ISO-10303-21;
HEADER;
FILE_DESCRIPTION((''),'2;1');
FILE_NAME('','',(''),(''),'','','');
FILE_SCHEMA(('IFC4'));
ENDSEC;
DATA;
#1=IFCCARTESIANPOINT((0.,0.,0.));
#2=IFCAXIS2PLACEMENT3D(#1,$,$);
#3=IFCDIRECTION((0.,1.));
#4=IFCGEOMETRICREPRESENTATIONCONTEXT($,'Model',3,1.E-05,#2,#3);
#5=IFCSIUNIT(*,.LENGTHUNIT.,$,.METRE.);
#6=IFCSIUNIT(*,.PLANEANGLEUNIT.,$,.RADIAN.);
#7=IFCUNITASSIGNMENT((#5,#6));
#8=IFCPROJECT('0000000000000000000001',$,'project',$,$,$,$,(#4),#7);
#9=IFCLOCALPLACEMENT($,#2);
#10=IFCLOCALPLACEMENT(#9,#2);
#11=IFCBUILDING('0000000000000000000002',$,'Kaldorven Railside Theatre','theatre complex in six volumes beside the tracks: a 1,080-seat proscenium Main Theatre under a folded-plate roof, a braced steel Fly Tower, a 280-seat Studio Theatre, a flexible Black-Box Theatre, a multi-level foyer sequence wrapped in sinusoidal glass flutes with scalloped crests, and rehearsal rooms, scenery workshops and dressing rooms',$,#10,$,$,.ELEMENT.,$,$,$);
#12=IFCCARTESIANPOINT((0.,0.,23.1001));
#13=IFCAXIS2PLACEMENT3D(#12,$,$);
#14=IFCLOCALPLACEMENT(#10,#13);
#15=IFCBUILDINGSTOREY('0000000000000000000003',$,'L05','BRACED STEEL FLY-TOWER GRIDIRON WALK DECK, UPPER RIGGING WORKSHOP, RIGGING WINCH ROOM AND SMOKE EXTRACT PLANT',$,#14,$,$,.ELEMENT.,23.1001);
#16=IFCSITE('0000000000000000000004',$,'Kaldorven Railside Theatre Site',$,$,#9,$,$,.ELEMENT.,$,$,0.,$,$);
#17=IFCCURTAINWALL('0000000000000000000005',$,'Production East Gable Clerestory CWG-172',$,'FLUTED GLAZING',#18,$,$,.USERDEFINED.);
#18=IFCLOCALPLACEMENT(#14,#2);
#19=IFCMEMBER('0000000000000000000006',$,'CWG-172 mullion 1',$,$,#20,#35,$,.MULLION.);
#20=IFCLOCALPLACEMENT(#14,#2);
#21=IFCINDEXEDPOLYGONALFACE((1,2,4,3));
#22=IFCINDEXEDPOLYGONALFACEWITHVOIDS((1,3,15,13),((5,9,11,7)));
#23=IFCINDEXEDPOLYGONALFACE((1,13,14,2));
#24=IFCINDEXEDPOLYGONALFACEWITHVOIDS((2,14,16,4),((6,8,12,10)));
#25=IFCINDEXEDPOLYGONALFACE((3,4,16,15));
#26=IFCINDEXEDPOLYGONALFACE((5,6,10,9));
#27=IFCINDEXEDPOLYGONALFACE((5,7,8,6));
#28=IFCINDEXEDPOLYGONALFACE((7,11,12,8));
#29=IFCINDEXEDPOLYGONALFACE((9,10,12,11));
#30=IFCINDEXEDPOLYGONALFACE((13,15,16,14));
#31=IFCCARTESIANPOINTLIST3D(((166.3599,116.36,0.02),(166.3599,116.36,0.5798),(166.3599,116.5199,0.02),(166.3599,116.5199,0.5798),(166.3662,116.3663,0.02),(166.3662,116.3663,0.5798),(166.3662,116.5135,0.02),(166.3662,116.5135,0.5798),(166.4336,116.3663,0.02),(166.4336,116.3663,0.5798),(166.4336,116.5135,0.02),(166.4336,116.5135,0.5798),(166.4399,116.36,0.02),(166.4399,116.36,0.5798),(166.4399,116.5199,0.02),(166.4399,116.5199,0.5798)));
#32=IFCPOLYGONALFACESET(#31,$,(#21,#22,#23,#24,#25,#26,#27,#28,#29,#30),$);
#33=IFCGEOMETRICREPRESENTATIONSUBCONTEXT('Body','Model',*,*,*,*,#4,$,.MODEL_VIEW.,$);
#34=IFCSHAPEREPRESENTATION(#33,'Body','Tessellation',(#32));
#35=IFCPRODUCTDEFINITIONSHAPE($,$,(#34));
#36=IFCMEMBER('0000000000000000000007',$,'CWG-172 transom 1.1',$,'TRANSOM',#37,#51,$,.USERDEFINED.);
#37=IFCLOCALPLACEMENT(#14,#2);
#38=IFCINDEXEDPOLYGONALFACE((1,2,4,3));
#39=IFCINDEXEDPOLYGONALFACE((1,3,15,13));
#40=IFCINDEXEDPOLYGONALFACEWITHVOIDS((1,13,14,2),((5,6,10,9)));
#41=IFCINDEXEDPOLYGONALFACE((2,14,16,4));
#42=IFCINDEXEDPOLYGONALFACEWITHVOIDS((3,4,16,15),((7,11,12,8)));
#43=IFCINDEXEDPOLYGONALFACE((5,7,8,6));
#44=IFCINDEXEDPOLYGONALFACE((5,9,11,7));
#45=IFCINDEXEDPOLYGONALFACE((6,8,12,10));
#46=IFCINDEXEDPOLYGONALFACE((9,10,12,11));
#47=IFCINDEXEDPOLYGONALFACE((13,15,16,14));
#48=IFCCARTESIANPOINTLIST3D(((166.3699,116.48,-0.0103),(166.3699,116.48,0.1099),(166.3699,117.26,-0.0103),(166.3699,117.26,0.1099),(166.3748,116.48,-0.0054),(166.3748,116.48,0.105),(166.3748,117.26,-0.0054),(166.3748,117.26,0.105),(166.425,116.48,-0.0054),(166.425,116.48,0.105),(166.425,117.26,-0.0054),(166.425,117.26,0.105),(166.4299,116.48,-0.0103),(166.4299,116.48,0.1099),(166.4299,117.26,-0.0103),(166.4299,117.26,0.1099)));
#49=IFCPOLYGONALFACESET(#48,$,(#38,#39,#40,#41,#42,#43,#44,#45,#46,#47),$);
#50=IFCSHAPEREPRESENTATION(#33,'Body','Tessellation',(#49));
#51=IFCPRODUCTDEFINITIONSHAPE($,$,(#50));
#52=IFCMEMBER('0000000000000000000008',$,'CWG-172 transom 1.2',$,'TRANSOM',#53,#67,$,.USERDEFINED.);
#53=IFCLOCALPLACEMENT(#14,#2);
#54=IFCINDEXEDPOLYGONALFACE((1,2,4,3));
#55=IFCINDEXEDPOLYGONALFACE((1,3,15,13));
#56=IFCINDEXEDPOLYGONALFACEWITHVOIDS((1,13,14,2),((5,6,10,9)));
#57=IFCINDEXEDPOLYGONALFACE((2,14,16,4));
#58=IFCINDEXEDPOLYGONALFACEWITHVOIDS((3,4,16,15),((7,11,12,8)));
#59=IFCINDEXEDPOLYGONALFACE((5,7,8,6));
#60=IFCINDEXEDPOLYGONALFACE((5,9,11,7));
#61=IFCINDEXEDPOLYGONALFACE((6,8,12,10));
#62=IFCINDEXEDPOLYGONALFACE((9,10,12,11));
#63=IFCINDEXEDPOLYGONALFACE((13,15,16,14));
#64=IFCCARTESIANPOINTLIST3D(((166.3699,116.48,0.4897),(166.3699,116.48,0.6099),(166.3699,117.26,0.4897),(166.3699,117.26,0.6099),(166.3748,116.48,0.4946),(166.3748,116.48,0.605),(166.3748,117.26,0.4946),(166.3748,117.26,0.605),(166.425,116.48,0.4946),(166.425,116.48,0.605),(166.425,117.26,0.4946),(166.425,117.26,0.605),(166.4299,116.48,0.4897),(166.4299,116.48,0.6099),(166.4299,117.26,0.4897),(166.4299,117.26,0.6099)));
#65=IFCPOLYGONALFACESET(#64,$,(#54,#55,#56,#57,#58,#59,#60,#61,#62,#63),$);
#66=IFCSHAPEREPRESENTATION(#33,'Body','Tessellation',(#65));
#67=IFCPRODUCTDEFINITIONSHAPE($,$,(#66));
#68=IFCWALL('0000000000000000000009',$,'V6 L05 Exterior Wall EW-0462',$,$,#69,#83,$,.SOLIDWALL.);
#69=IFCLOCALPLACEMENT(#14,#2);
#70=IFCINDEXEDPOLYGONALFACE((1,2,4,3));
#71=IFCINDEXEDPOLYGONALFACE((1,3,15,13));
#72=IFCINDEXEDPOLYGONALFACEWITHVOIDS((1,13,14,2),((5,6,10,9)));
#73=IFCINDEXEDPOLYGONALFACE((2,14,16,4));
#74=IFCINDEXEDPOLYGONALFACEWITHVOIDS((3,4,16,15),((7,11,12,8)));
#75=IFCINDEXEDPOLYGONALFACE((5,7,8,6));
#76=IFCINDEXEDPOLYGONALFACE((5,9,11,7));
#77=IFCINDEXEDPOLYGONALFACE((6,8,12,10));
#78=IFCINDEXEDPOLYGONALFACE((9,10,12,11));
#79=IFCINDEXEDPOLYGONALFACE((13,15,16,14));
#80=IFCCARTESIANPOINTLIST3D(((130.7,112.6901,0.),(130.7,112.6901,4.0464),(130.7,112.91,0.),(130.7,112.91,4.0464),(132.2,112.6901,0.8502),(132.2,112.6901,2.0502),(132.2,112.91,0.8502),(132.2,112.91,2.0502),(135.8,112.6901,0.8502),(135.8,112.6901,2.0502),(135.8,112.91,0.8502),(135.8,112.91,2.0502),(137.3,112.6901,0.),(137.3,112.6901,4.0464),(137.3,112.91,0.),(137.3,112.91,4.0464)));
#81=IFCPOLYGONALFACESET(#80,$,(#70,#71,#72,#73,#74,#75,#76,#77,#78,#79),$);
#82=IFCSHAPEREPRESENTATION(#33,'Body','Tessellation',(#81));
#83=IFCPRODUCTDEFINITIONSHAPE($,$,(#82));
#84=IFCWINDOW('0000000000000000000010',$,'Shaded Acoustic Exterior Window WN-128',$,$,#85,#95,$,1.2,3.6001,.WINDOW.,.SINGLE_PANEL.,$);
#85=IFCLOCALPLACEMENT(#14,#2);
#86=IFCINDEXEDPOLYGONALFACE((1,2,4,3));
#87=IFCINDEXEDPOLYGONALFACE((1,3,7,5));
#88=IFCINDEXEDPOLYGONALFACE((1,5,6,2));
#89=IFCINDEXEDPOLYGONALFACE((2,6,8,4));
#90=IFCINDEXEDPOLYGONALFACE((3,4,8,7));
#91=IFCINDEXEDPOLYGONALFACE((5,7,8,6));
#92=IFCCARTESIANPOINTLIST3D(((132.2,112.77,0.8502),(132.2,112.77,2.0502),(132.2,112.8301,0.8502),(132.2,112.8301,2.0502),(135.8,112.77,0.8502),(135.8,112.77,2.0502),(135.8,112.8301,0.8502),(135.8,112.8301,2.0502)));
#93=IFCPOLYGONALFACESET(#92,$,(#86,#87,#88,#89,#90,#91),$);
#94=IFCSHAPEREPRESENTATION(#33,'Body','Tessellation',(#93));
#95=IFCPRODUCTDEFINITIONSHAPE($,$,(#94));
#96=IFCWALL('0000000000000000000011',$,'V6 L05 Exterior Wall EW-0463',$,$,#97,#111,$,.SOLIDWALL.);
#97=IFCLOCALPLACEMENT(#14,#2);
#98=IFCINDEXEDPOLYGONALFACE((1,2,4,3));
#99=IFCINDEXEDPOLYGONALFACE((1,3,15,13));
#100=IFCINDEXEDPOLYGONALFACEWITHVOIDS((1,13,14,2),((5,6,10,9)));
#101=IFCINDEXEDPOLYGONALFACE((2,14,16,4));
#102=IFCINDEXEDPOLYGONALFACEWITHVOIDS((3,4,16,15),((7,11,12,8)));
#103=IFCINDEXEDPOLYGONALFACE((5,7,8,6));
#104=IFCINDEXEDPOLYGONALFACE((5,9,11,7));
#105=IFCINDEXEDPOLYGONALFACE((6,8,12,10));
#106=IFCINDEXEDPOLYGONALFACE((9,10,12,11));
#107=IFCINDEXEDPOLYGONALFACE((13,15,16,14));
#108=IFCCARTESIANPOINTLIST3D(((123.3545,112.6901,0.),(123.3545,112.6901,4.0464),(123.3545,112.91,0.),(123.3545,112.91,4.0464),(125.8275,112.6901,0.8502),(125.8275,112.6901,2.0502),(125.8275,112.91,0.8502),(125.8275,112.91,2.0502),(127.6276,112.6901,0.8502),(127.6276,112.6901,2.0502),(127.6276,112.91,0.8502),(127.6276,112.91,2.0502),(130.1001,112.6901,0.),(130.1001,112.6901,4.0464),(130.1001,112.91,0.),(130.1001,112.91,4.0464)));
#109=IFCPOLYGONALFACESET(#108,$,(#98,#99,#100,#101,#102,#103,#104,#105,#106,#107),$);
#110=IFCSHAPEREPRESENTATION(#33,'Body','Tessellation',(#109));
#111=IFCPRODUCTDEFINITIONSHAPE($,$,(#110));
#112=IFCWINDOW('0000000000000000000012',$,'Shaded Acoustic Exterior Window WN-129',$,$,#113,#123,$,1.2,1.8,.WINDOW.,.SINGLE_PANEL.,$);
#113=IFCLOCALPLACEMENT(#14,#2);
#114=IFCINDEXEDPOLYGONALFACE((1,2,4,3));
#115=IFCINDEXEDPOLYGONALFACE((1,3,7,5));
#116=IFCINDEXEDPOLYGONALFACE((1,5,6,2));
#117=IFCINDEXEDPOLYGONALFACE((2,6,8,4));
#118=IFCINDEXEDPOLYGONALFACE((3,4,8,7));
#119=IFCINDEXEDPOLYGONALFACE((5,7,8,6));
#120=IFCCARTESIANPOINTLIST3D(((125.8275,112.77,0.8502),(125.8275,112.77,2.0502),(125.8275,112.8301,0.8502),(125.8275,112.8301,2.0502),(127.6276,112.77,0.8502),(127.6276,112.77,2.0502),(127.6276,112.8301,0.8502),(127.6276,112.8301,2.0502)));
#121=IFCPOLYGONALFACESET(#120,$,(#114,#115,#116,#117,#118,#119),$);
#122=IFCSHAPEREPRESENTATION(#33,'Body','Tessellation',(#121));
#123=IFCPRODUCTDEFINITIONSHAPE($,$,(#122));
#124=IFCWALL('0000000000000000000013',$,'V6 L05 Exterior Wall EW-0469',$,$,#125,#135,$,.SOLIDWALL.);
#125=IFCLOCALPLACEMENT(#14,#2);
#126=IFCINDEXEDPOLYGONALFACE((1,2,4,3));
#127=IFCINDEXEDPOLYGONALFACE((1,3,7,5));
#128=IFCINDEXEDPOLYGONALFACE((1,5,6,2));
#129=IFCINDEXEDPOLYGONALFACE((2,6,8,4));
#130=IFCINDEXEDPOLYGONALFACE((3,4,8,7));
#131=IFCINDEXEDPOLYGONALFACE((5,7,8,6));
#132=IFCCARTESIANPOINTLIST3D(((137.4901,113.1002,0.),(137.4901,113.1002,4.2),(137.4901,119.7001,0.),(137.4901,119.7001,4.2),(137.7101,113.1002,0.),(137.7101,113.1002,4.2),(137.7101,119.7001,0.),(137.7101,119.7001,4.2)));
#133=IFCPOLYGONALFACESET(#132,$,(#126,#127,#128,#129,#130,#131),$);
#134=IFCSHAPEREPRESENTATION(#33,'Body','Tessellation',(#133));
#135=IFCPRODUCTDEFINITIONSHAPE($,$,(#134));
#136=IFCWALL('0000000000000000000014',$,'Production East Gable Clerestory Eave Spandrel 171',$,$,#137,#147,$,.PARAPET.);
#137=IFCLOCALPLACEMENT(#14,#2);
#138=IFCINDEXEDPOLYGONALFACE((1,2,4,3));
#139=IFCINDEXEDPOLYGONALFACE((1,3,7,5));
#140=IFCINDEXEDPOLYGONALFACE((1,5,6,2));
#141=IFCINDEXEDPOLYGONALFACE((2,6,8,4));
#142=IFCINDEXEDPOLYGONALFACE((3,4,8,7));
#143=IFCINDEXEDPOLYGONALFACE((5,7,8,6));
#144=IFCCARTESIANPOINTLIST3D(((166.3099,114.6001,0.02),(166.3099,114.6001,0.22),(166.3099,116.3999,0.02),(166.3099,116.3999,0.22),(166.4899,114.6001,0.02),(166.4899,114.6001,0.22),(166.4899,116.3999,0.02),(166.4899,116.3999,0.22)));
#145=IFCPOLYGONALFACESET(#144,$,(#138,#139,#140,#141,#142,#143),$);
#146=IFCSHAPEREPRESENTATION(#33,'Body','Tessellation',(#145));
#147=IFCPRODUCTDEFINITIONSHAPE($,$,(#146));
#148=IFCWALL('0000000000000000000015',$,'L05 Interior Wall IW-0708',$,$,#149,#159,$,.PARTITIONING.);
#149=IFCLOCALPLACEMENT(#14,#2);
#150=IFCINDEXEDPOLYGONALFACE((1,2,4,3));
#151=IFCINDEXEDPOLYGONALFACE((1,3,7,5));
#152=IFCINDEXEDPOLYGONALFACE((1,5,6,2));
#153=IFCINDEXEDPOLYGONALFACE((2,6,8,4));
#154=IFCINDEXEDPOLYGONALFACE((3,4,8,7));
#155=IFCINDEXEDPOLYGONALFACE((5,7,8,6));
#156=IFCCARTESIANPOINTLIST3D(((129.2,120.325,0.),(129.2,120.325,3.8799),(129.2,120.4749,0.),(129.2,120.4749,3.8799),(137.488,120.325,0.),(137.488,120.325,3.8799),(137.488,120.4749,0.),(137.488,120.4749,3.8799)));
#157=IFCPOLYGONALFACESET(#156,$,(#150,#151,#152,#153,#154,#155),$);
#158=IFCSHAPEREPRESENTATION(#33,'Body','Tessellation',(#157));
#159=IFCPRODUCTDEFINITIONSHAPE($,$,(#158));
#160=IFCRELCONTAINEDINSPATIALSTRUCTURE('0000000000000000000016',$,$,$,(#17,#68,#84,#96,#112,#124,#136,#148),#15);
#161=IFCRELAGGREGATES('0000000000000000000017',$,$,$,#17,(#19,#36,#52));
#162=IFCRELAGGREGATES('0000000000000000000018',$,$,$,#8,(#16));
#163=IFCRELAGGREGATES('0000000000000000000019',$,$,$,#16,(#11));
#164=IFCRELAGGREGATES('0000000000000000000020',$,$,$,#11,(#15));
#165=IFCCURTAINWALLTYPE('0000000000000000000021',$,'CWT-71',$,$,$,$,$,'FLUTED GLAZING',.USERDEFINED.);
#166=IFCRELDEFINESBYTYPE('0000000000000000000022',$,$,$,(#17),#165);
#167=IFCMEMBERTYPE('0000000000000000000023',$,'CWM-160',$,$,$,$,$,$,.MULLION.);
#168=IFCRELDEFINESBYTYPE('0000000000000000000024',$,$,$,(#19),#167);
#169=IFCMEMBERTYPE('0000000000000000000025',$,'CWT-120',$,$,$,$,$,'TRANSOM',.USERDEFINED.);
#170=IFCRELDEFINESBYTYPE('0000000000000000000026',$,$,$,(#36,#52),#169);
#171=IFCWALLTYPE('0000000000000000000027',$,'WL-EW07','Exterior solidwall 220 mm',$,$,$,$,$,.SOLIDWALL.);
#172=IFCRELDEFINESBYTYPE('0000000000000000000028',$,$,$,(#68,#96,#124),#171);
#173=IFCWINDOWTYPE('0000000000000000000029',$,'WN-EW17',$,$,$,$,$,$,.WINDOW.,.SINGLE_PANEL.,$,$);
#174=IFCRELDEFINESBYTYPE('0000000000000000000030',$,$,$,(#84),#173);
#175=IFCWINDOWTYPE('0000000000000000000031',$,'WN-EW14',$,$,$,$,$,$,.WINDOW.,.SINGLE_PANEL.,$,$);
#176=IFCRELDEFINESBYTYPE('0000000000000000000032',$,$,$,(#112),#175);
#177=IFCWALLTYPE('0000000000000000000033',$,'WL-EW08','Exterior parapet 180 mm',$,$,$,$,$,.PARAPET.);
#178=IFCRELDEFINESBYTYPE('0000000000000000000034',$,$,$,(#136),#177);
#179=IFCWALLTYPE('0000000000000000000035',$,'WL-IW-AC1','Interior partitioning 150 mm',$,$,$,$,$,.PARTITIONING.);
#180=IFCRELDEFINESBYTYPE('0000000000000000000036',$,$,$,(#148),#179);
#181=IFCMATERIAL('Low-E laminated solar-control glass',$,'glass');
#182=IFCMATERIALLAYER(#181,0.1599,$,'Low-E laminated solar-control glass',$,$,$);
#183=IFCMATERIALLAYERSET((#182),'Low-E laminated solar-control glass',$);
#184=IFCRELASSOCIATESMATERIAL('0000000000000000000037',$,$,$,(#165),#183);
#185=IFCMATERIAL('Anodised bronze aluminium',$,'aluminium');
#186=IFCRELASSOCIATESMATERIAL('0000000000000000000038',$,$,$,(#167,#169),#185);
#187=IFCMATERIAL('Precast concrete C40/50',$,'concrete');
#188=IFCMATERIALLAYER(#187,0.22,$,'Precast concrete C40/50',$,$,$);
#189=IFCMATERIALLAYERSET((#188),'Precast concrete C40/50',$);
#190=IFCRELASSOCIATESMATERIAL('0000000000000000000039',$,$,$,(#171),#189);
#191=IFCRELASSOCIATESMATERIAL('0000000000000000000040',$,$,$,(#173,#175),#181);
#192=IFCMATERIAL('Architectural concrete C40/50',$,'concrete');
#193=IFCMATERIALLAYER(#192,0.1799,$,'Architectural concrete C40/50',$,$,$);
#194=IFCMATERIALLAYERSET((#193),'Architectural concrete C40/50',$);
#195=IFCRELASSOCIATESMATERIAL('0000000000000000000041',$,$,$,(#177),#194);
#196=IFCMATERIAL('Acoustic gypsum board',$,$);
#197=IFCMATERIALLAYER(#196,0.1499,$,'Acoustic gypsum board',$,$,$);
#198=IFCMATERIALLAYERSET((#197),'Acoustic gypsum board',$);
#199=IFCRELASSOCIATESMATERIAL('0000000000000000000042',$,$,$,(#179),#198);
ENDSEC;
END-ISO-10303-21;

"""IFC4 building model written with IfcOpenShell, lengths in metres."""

from ifc_helpers import new_model, si_unit, direction, frame, frame_2d, origin, origin_2d, place, context, subcontext, project, spatial, rectangle, hollow_rectangle, extrude, material, layer, layer_set, material_profile, profile_set, type_object, element, fill, aggregate, save


model = new_model("IFC4")

# Units and contexts
model_context = context("Model", 3, precision=1e-05, world=origin(), true_north=direction((0.0, 1.0)))
body_context = subcontext(model_context, "Body", "Model", "MODEL_VIEW")
ifc_project = project(units=[si_unit("LENGTHUNIT", "METRE"), si_unit("PLANEANGLEUNIT", "RADIAN")], contexts=[model_context])

# Site, building, storey
site_placement = place(None, origin())
site = spatial("IfcSite", under=ifc_project, at=site_placement, Name="Kaldorven Railside Theatre Site", CompositionType="ELEMENT", RefElevation=0.0)
building_placement = place(site_placement, origin())
building = spatial("IfcBuilding", under=site, at=building_placement, Name="Kaldorven Railside Theatre", Description="theatre complex in six volumes beside the tracks: a 1,080-seat proscenium Main Theatre under a folded-plate roof, a braced steel Fly Tower, a 280-seat Studio Theatre, a flexible Black-Box Theatre, a multi-level foyer sequence wrapped in sinusoidal glass flutes with scalloped crests, and rehearsal rooms, scenery workshops and dressing rooms", CompositionType="ELEMENT")
storey_placement = place(building_placement, frame((0.0, 0.0, 23.1001)))
storey = spatial("IfcBuildingStorey", under=building, at=storey_placement, Name="L05", Description="BRACED STEEL FLY-TOWER GRIDIRON WALK DECK, UPPER RIGGING WORKSHOP, RIGGING WINCH ROOM AND SMOKE EXTRACT PLANT", CompositionType="ELEMENT", Elevation=23.1001)

# Curtain wall, members
ifc_material_1 = material(Name="Low-E laminated solar-control glass", Category="glass")
ifc_layer_1 = layer(ifc_material_1, 0.1599, Name="Low-E laminated solar-control glass")
ifc_layer_set_1 = layer_set([ifc_layer_1], Name="Low-E laminated solar-control glass")
curtain_wall_type = type_object("IfcCurtainWallType", Name="CWT-71", ElementType="FLUTED GLAZING", PredefinedType="USERDEFINED", material=ifc_layer_set_1)
curtain_wall_placement = place(storey_placement, origin())
curtain_wall = element("IfcCurtainWall", 1, at=curtain_wall_placement, inside=storey, type_object=curtain_wall_type, Name="Production East Gable Clerestory CWG-172", ObjectType="FLUTED GLAZING", PredefinedType="USERDEFINED")
ifc_material_2 = material(Name="Anodised bronze aluminium", Category="aluminium")
ifc_material_profile_1 = material_profile(ifc_material_2, hollow_rectangle(XDim=0.0801, YDim=0.1599, WallThickness=0.0063, at=origin_2d()), Name="RHS 160x80x6.3")
ifc_profile_set_1 = profile_set([ifc_material_profile_1], Name="Anodised bronze aluminium")
member_type_1 = type_object("IfcMemberType", Name="CWM-160", PredefinedType="MULLION", material=ifc_profile_set_1)
member_1_placement = place(storey_placement, frame((166.3999, 116.4399, 0.02), z_axis=(0.0, 0.0, 1.0), x_axis=(-1.0, 0.0, 0.0)))
member_1 = element("IfcMember", 2, at=member_1_placement, type_object=member_type_1, Name="CWG-172 mullion 1", PredefinedType="MULLION", context=body_context, shape_type="SweptSolid", body=[
    extrude(hollow_rectangle(XDim=0.0801, YDim=0.1599, WallThickness=0.0063, at=origin_2d()), origin(), (0.0, 0.0, 1.0), 0.5598),
])
ifc_material_profile_2 = material_profile(ifc_material_2, hollow_rectangle(XDim=0.0601, YDim=0.1201, WallThickness=0.0049, at=origin_2d()), Name="RHS 120x60x5")
ifc_profile_set_2 = profile_set([ifc_material_profile_2], Name="Anodised bronze aluminium")
member_type_2 = type_object("IfcMemberType", Name="CWT-120", ElementType="TRANSOM", PredefinedType="USERDEFINED", material=ifc_profile_set_2)
member_2_placement = place(storey_placement, frame((166.3999, 116.48, 0.0498), z_axis=(0.0, 1.0, 0.0), x_axis=(-1.0, 0.0, 0.0)))
member_2 = element("IfcMember", 3, at=member_2_placement, type_object=member_type_2, Name="CWG-172 transom 1.1", ObjectType="TRANSOM", PredefinedType="USERDEFINED", context=body_context, shape_type="SweptSolid", body=[
    extrude(hollow_rectangle(XDim=0.0601, YDim=0.1201, WallThickness=0.0049, at=origin_2d()), origin(), (0.0, 0.0, 1.0), 0.78),
])
member_3_placement = place(storey_placement, frame((166.3999, 116.48, 0.5498), z_axis=(0.0, 1.0, 0.0), x_axis=(-1.0, 0.0, 0.0)))
member_3 = element("IfcMember", 4, at=member_3_placement, type_object=member_type_2, Name="CWG-172 transom 1.2", ObjectType="TRANSOM", PredefinedType="USERDEFINED", context=body_context, shape_type="SweptSolid", body=[
    extrude(hollow_rectangle(XDim=0.0601, YDim=0.1201, WallThickness=0.0049, at=origin_2d()), origin(), (0.0, 0.0, 1.0), 0.78),
])
aggregate(curtain_wall, [member_1, member_2, member_3])

# Walls, openings, windows
ifc_material_3 = material(Name="Precast concrete C40/50", Category="concrete")
ifc_layer_2 = layer(ifc_material_3, 0.22, Name="Precast concrete C40/50")
ifc_layer_set_2 = layer_set([ifc_layer_2], Name="Precast concrete C40/50")
wall_type_1 = type_object("IfcWallType", Name="WL-EW07", Description="Exterior solidwall 220 mm", PredefinedType="SOLIDWALL", material=ifc_layer_set_2)
wall_1_placement = place(storey_placement, frame((137.3, 112.8, 0.0), z_axis=(0.0, 0.0, 1.0), x_axis=(-1.0, 0.0, 0.0)))
wall_1 = element("IfcWall", 5, at=wall_1_placement, inside=storey, type_object=wall_type_1, Name="V6 L05 Exterior Wall EW-0462", PredefinedType="SOLIDWALL", context=body_context, shape_type="SweptSolid", body=[
    extrude(rectangle(XDim=6.6001, YDim=0.22, at=frame_2d((3.3, 0.0))), origin(), (0.0, 0.0, 1.0), 4.0464),
])
opening_1_placement = place(wall_1_placement, frame((1.5, 0.0, 0.8501)))
opening_1 = element("IfcOpeningElement", 6, at=opening_1_placement, cuts=wall_1, PredefinedType="OPENING", context=body_context, shape_type="SweptSolid", body=[
    extrude(rectangle(XDim=3.6001, YDim=1.2, at=frame_2d((1.8, 0.6001))), frame((0.0, 0.1201, 0.0), z_axis=(0.0, -1.0, 0.0), x_axis=(1.0, 0.0, 0.0)), (0.0, 0.0, 1.0), 0.24),
])
window_type_1 = type_object("IfcWindowType", Name="WN-EW17", PartitioningType="SINGLE_PANEL", PredefinedType="WINDOW", material=ifc_material_1)
window_1_placement = place(opening_1_placement, origin())
window_1 = element("IfcWindow", 7, at=window_1_placement, inside=storey, type_object=window_type_1, Name="Shaded Acoustic Exterior Window WN-128", OverallHeight=1.2, OverallWidth=3.6001, PartitioningType="SINGLE_PANEL", PredefinedType="WINDOW", context=body_context, shape_type="SweptSolid", body=[
    extrude(rectangle(XDim=3.6001, YDim=1.2, at=frame_2d((1.8, 0.6001))), frame((0.0, 0.03, 0.0), z_axis=(0.0, -1.0, 0.0), x_axis=(1.0, 0.0, 0.0)), (0.0, 0.0, 1.0), 0.0601),
])
fill(opening_1, window_1)
wall_2_placement = place(storey_placement, frame((130.1001, 112.8, 0.0), z_axis=(0.0, 0.0, 1.0), x_axis=(-1.0, 0.0, 0.0)))
wall_2 = element("IfcWall", 8, at=wall_2_placement, inside=storey, type_object=wall_type_1, Name="V6 L05 Exterior Wall EW-0463", PredefinedType="SOLIDWALL", context=body_context, shape_type="SweptSolid", body=[
    extrude(rectangle(XDim=6.7456, YDim=0.22, at=frame_2d((3.3728, 0.0))), origin(), (0.0, 0.0, 1.0), 4.0464),
])
opening_2_placement = place(wall_2_placement, frame((2.4727, 0.0, 0.8501)))
opening_2 = element("IfcOpeningElement", 9, at=opening_2_placement, cuts=wall_2, PredefinedType="OPENING", context=body_context, shape_type="SweptSolid", body=[
    extrude(rectangle(XDim=1.8, YDim=1.2, at=frame_2d((0.8999, 0.6001))), frame((0.0, 0.1201, 0.0), z_axis=(0.0, -1.0, 0.0), x_axis=(1.0, 0.0, 0.0)), (0.0, 0.0, 1.0), 0.24),
])
window_type_2 = type_object("IfcWindowType", Name="WN-EW14", PartitioningType="SINGLE_PANEL", PredefinedType="WINDOW", material=ifc_material_1)
window_2_placement = place(opening_2_placement, origin())
window_2 = element("IfcWindow", 10, at=window_2_placement, inside=storey, type_object=window_type_2, Name="Shaded Acoustic Exterior Window WN-129", OverallHeight=1.2, OverallWidth=1.8, PartitioningType="SINGLE_PANEL", PredefinedType="WINDOW", context=body_context, shape_type="SweptSolid", body=[
    extrude(rectangle(XDim=1.8, YDim=1.2, at=frame_2d((0.8999, 0.6001))), frame((0.0, 0.03, 0.0), z_axis=(0.0, -1.0, 0.0), x_axis=(1.0, 0.0, 0.0)), (0.0, 0.0, 1.0), 0.0601),
])
fill(opening_2, window_2)

# Walls
wall_3_placement = place(storey_placement, frame((137.6001, 119.7, 0.0), z_axis=(0.0, 0.0, 1.0), x_axis=(0.0, -1.0, 0.0)))
element("IfcWall", 11, at=wall_3_placement, inside=storey, type_object=wall_type_1, Name="V6 L05 Exterior Wall EW-0469", PredefinedType="SOLIDWALL", context=body_context, shape_type="SweptSolid", body=[
    extrude(rectangle(XDim=6.5999, YDim=0.22, at=frame_2d((3.2998, 0.0))), origin(), (0.0, 0.0, 1.0), 4.2),
])
ifc_material_4 = material(Name="Architectural concrete C40/50", Category="concrete")
ifc_layer_3 = layer(ifc_material_4, 0.1799, Name="Architectural concrete C40/50")
ifc_layer_set_3 = layer_set([ifc_layer_3], Name="Architectural concrete C40/50")
wall_type_2 = type_object("IfcWallType", Name="WL-EW08", Description="Exterior parapet 180 mm", PredefinedType="PARAPET", material=ifc_layer_set_3)
wall_4_placement = place(storey_placement, frame((166.3999, 114.6001, 0.02), z_axis=(0.0, 0.0, 1.0), x_axis=(0.0, 1.0, 0.0)))
element("IfcWall", 12, at=wall_4_placement, inside=storey, type_object=wall_type_2, Name="Production East Gable Clerestory Eave Spandrel 171", PredefinedType="PARAPET", context=body_context, shape_type="SweptSolid", body=[
    extrude(rectangle(XDim=1.7998, YDim=0.1799, at=frame_2d((0.8999, 0.0))), origin(), (0.0, 0.0, 1.0), 0.2),
])
ifc_material_5 = material(Name="Acoustic gypsum board")
ifc_layer_4 = layer(ifc_material_5, 0.1499, Name="Acoustic gypsum board")
ifc_layer_set_4 = layer_set([ifc_layer_4], Name="Acoustic gypsum board")
wall_type_3 = type_object("IfcWallType", Name="WL-IW-AC1", Description="Interior partitioning 150 mm", PredefinedType="PARTITIONING", material=ifc_layer_set_4)
wall_5_placement = place(storey_placement, frame((129.2, 120.3999, 0.0), z_axis=(0.0, 0.0, 1.0), x_axis=(1.0, 0.0, 0.0)))
element("IfcWall", 13, at=wall_5_placement, inside=storey, type_object=wall_type_3, Name="L05 Interior Wall IW-0708", PredefinedType="PARTITIONING", context=body_context, shape_type="SweptSolid", body=[
    extrude(rectangle(XDim=8.2881, YDim=0.1499, at=frame_2d((4.144, 0.0))), origin(), (0.0, 0.0, 1.0), 3.8799),
])

save(model, "model.ifc")
